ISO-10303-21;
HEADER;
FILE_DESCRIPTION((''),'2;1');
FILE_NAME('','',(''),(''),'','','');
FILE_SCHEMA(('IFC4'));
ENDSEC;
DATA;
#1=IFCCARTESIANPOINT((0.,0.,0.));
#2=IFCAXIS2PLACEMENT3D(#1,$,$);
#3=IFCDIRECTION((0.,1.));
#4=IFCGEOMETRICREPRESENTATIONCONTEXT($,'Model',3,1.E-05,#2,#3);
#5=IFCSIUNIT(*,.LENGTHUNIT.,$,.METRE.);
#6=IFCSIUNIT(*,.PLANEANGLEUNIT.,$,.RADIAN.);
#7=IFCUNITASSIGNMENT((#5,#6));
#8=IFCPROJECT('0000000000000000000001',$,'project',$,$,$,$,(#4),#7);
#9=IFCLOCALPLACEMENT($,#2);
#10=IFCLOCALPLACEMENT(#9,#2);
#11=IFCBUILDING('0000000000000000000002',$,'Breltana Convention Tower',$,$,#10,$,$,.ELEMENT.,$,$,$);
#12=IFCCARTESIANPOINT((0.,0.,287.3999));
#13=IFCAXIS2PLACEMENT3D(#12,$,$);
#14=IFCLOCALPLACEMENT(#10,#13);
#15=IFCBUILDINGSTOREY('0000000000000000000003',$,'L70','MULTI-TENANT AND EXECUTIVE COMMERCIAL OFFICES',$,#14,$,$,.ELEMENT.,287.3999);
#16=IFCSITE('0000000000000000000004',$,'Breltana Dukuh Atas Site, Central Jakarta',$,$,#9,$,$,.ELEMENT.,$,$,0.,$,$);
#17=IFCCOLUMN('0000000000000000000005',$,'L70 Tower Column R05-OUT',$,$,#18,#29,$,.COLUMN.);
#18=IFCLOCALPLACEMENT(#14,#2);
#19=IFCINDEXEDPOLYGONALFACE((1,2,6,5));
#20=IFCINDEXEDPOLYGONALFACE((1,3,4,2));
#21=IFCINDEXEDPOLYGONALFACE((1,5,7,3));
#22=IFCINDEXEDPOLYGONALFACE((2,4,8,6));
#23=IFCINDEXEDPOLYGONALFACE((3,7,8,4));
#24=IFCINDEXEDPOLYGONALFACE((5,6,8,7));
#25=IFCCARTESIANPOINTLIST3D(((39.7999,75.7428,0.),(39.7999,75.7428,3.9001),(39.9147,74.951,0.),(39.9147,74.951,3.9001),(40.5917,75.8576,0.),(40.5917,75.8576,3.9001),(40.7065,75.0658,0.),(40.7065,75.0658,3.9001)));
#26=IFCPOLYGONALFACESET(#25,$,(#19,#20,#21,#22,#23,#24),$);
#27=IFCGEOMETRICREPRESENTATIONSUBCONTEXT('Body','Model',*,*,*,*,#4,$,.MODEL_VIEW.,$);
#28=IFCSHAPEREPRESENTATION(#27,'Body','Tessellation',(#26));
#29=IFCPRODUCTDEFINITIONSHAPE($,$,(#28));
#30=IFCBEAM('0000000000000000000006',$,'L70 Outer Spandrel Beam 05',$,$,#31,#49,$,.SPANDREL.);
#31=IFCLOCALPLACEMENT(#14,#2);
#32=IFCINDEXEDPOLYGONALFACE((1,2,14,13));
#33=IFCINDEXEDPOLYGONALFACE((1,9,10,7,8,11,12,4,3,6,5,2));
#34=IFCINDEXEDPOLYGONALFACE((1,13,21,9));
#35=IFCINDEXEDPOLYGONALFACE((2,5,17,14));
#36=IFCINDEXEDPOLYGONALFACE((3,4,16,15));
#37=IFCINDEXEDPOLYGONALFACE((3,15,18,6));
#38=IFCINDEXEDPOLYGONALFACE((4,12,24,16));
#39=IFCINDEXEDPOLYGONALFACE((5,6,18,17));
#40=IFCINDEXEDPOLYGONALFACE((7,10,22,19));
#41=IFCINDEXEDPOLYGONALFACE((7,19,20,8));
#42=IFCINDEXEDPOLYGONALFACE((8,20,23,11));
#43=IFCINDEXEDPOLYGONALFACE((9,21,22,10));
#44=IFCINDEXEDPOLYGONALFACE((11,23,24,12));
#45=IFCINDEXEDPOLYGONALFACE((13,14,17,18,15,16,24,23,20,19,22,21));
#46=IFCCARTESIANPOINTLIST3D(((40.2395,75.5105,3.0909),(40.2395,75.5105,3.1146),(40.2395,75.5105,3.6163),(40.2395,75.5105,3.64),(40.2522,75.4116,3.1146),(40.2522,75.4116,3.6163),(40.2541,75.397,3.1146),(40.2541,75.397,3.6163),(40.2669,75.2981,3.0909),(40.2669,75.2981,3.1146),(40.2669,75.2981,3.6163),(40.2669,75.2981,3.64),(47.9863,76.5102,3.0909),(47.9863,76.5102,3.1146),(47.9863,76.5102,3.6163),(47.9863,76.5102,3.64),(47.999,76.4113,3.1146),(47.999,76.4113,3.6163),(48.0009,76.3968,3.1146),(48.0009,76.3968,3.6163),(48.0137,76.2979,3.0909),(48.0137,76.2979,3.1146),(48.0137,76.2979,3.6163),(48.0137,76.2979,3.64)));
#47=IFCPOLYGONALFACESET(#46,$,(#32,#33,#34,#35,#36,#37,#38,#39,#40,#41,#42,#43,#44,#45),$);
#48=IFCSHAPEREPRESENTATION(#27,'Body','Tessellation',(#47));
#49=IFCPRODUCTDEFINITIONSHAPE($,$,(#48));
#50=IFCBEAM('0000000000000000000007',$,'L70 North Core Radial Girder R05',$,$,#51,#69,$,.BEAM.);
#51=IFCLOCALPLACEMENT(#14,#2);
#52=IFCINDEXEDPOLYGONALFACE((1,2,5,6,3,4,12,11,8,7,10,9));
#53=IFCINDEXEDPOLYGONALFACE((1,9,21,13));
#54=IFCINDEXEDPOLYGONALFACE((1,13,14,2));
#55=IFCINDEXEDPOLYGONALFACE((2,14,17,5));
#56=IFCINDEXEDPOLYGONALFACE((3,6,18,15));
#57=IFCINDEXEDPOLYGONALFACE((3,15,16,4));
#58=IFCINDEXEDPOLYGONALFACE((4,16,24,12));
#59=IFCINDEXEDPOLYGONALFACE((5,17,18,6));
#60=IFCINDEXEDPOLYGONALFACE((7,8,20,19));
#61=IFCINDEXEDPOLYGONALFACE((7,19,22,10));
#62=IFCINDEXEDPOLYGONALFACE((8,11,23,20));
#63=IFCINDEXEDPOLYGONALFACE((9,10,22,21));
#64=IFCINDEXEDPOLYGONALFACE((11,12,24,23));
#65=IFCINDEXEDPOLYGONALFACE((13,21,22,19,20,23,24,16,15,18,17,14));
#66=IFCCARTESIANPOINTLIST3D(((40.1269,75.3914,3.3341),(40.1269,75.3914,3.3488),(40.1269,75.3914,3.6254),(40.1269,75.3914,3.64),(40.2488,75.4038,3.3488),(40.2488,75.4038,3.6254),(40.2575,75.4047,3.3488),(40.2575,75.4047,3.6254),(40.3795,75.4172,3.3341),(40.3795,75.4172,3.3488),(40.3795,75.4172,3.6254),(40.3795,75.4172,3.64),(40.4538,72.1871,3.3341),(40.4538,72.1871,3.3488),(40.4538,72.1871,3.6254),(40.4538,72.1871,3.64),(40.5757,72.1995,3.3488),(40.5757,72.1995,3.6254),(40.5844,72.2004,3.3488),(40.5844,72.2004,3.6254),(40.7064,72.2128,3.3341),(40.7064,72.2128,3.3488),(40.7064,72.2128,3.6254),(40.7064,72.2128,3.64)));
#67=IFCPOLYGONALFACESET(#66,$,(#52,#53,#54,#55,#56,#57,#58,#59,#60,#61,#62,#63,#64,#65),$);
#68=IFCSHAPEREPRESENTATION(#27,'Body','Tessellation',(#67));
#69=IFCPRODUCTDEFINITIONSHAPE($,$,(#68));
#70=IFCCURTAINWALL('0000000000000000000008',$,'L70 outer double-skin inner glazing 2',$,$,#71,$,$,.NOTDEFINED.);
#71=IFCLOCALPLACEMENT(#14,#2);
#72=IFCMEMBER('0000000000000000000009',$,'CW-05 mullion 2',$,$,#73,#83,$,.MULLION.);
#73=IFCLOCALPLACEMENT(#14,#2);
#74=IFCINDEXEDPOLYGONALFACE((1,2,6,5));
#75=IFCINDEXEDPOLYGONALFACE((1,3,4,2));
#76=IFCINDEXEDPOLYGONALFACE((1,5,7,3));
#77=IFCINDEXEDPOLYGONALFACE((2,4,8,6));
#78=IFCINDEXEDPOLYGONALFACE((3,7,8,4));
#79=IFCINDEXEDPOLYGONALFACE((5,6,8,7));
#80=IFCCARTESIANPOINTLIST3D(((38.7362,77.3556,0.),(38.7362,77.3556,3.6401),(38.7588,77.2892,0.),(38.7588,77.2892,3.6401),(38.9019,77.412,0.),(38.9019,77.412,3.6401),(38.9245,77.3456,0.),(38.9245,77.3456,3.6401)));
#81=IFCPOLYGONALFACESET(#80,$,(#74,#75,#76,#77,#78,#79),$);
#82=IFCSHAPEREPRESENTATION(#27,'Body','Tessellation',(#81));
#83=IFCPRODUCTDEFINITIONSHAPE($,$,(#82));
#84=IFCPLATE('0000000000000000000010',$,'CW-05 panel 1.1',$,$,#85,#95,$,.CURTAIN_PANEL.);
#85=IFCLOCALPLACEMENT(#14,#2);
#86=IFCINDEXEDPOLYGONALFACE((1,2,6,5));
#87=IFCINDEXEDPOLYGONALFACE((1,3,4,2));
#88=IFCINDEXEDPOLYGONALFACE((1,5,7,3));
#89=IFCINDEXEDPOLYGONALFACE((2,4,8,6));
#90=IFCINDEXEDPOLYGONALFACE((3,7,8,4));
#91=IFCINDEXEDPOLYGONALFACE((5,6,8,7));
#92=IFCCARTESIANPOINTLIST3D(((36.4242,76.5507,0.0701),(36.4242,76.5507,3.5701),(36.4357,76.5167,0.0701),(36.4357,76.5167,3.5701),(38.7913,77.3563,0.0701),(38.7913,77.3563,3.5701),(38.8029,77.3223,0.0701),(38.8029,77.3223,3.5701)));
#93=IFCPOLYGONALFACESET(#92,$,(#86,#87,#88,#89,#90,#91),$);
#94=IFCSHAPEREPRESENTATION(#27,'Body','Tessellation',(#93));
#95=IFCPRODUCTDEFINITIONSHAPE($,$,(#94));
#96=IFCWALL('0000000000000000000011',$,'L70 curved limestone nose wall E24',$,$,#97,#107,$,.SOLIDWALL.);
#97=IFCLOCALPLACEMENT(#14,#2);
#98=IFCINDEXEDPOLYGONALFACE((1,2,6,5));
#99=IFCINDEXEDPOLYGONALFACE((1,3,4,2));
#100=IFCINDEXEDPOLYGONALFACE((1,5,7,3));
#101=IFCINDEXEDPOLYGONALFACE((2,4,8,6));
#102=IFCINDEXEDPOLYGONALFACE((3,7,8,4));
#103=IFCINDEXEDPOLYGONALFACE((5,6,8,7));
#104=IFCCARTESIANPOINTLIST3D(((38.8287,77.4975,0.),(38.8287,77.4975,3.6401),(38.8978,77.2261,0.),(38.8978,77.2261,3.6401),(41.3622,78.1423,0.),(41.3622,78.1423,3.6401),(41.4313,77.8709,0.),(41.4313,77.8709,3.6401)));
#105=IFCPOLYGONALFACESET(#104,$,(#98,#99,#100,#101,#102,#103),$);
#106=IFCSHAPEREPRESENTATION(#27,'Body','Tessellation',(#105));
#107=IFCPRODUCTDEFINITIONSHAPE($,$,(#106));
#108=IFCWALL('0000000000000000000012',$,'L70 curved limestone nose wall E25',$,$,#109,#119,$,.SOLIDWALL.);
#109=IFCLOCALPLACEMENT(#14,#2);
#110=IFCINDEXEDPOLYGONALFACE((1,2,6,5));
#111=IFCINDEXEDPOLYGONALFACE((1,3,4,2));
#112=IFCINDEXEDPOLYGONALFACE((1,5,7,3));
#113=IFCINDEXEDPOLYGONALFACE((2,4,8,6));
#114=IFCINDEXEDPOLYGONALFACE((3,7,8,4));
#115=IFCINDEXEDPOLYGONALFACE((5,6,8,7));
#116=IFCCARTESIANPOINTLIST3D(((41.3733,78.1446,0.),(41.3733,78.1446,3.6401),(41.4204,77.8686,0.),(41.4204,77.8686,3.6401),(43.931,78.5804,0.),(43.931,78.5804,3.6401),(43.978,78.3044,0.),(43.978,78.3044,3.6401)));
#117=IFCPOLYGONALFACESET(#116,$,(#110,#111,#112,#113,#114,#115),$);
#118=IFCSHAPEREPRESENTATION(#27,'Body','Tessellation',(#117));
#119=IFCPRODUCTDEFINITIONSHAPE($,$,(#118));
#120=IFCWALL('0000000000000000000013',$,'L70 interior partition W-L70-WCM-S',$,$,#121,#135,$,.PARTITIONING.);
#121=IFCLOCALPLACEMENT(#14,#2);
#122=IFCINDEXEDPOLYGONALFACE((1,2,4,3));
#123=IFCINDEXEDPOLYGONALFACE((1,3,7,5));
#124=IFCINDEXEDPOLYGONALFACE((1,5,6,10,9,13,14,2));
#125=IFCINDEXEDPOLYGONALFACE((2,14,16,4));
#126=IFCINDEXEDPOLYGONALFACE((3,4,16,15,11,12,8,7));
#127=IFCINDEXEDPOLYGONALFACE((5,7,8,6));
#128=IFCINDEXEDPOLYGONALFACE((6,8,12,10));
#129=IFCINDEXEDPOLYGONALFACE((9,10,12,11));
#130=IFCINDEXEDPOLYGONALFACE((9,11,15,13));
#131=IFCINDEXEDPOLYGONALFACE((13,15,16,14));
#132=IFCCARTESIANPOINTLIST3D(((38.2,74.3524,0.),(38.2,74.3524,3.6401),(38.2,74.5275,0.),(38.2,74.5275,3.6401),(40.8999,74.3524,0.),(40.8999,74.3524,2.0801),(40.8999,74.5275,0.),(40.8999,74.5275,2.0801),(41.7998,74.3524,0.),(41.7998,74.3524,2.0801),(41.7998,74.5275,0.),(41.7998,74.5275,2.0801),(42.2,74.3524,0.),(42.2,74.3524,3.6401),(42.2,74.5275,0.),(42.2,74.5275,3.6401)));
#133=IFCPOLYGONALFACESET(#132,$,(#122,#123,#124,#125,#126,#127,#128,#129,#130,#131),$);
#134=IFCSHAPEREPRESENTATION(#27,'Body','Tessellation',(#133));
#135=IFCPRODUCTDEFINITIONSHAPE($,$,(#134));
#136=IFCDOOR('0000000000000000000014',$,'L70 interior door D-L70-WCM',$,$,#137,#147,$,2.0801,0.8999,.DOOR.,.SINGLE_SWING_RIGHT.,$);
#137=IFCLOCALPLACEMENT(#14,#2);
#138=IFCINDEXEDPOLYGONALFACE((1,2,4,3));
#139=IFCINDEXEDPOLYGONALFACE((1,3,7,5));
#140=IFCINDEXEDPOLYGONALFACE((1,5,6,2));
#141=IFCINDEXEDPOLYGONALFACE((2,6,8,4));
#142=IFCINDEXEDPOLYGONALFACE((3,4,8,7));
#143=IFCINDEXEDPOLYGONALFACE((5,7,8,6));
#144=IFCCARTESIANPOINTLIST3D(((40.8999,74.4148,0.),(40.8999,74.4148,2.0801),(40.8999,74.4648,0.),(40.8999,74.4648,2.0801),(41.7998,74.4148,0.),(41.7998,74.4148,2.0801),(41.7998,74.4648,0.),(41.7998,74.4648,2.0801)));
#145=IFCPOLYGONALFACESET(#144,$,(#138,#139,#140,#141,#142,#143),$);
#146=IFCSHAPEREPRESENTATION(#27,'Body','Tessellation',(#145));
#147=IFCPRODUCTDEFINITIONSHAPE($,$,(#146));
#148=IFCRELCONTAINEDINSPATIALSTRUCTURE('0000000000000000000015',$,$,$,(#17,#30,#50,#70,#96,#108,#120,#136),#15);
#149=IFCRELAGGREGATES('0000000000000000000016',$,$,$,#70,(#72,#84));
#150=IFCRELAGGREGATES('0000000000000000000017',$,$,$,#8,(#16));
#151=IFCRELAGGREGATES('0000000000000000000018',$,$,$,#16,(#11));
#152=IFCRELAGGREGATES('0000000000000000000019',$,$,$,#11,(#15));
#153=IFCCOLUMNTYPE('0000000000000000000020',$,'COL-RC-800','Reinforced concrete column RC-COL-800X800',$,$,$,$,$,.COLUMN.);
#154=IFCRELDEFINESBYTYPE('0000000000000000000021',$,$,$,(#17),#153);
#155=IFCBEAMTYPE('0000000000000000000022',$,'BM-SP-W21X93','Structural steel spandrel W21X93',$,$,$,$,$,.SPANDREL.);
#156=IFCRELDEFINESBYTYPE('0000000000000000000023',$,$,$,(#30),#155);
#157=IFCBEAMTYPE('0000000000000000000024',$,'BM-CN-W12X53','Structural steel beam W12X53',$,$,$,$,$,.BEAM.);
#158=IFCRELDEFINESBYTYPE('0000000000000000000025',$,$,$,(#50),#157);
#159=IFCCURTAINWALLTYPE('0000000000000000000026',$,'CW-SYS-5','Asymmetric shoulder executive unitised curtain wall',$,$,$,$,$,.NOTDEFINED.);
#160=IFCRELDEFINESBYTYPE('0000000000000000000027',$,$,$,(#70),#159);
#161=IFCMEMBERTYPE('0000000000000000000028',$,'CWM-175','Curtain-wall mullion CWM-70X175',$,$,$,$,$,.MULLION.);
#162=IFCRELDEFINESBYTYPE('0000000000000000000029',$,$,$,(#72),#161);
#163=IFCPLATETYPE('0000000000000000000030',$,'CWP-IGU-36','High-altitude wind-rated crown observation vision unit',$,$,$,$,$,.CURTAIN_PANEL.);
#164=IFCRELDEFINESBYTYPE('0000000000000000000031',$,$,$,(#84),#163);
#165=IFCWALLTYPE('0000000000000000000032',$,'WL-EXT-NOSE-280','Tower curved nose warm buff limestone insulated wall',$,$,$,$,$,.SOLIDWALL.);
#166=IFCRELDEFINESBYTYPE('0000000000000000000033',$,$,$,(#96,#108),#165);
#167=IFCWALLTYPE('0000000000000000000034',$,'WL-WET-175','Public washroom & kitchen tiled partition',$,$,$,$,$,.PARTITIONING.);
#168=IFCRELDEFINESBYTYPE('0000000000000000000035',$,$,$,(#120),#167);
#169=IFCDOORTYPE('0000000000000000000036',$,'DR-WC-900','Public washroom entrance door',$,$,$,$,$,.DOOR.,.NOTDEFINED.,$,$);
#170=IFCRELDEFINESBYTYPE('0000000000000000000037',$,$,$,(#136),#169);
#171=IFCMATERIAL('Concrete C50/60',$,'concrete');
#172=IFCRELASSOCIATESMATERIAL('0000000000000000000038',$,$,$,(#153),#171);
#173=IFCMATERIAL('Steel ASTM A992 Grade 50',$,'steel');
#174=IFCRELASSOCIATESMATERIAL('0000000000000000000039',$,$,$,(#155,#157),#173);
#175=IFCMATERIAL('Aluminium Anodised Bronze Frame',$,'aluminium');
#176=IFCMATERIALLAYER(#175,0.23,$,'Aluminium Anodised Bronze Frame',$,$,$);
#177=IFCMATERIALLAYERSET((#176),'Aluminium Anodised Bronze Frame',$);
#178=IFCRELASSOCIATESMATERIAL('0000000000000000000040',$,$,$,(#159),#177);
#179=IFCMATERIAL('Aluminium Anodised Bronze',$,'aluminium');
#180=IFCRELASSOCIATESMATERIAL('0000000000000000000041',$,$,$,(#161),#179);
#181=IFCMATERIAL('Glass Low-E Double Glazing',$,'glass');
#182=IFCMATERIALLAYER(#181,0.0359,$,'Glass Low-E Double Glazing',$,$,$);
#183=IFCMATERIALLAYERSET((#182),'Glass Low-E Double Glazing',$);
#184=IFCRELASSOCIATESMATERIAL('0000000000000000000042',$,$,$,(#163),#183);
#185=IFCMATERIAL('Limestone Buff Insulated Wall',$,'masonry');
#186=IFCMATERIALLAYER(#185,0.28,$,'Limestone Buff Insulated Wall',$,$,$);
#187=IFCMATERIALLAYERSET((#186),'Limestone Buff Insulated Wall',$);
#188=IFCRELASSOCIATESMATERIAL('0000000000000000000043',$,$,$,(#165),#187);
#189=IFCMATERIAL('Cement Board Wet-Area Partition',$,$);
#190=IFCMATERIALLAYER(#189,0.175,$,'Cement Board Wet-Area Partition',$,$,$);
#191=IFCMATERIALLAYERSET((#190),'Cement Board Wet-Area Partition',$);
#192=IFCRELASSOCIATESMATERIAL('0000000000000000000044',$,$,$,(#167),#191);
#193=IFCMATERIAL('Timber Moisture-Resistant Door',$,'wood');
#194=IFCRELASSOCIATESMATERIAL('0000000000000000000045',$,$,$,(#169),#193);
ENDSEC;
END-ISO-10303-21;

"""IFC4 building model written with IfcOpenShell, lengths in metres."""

from ifc_helpers import new_model, si_unit, direction, frame, frame_2d, origin, origin_2d, place, context, subcontext, project, spatial, rectangle, i_section, extrude, source, transform, mapped, material, layer, layer_set, material_profile, profile_set, type_object, type_shapes, element, fill, aggregate, save


model = new_model("IFC4")

# Units and contexts
model_context = context("Model", 3, precision=1e-05, world=origin(), true_north=direction((0.0, 1.0)))
body_context = subcontext(model_context, "Body", "Model", "MODEL_VIEW")
ifc_project = project(units=[si_unit("LENGTHUNIT", "METRE"), si_unit("PLANEANGLEUNIT", "RADIAN")], contexts=[model_context])

# Site, building, storey
site_placement = place(None, origin())
site = spatial("IfcSite", under=ifc_project, at=site_placement, Name="Breltana Dukuh Atas Site, Central Jakarta", CompositionType="ELEMENT", RefElevation=0.0)
building_placement = place(site_placement, origin())
building = spatial("IfcBuilding", under=site, at=building_placement, Name="Breltana Convention Tower", CompositionType="ELEMENT")
storey_placement = place(building_placement, frame((0.0, 0.0, 287.3999)))
storey = spatial("IfcBuildingStorey", under=building, at=storey_placement, Name="L70", Description="MULTI-TENANT AND EXECUTIVE COMMERCIAL OFFICES", CompositionType="ELEMENT", Elevation=287.3999)

# Column
ifc_material_1 = material(Name="Concrete C50/60", Category="concrete")
ifc_material_profile_1 = material_profile(ifc_material_1, rectangle(XDim=0.8, YDim=0.8, at=origin_2d()), Name="RC-COL-800X800")
ifc_profile_set_1 = profile_set([ifc_material_profile_1], Name="Concrete C50/60")
column_type = type_object("IfcColumnType", Name="COL-RC-800", Description="Reinforced concrete column RC-COL-800X800", PredefinedType="COLUMN", material=ifc_profile_set_1)
shared_shape_1 = source(origin(), body_context, "Body", "SweptSolid", [
    extrude(rectangle(XDim=0.8, YDim=0.8, at=origin_2d()), origin(), (0.0, 0.0, 1.0), 3.9001),
])
column_placement = place(storey_placement, frame((40.2532, 75.4043, 0.0), z_axis=(0.0, 0.0, 1.0), x_axis=(-0.143493, 0.989651, 0.0)))
element("IfcColumn", 1, at=column_placement, inside=storey, type_object=column_type, Name="L70 Tower Column R05-OUT", PredefinedType="COLUMN", context=body_context, shape_type="MappedRepresentation", body=[
    mapped(shared_shape_1, transform((0.0, 0.0, 0.0), scale=1.0)),
])

# Beams
ifc_material_2 = material(Name="Steel ASTM A992 Grade 50", Category="steel")
ifc_material_profile_2 = material_profile(ifc_material_2, i_section(OverallWidth=0.2141, OverallDepth=0.5491, WebThickness=0.0146, FlangeThickness=0.0237, at=origin_2d()), Name="W21X93")
ifc_profile_set_2 = profile_set([ifc_material_profile_2], Name="Steel ASTM A992 Grade 50")
beam_type_1 = type_object("IfcBeamType", Name="BM-SP-W21X93", Description="Structural steel spandrel W21X93", PredefinedType="SPANDREL", material=ifc_profile_set_2)
shared_shape_2 = source(origin(), body_context, "Body", "SweptSolid", [
    extrude(i_section(OverallWidth=0.2141, OverallDepth=0.5491, WebThickness=0.0146, FlangeThickness=0.0237, at=origin_2d()), origin(), (0.0, 0.0, 1.0), 7.811),
])
beam_1_placement = place(storey_placement, frame((40.2532, 75.4043, 3.3655), z_axis=(0.991775, 0.127992, 0.0), x_axis=(-0.127992, 0.991775, 0.0)))
element("IfcBeam", 2, at=beam_1_placement, inside=storey, type_object=beam_type_1, Name="L70 Outer Spandrel Beam 05", PredefinedType="SPANDREL", context=body_context, shape_type="MappedRepresentation", body=[
    mapped(shared_shape_2, transform((0.0, 0.0, 0.0), scale=1.0)),
])
ifc_material_profile_3 = material_profile(ifc_material_2, i_section(OverallWidth=0.2539, OverallDepth=0.3059, WebThickness=0.0088, FlangeThickness=0.0146, at=origin_2d()), Name="W12X53")
ifc_profile_set_3 = profile_set([ifc_material_profile_3], Name="Steel ASTM A992 Grade 50")
beam_type_2 = type_object("IfcBeamType", Name="BM-CN-W12X53", Description="Structural steel beam W12X53", PredefinedType="BEAM", material=ifc_profile_set_3)
shared_shape_3 = source(origin(), body_context, "Body", "SweptSolid", [
    extrude(i_section(OverallWidth=0.2539, OverallDepth=0.3059, WebThickness=0.0088, FlangeThickness=0.0146, at=origin_2d()), origin(), (0.0, 0.0, 1.0), 3.2209),
])
beam_2_placement = place(storey_placement, frame((40.5801, 72.2, 3.4871), z_axis=(-0.101492, 0.994836, 0.0), x_axis=(-0.994836, -0.101492, 0.0)))
element("IfcBeam", 3, at=beam_2_placement, inside=storey, type_object=beam_type_2, Name="L70 North Core Radial Girder R05", PredefinedType="BEAM", context=body_context, shape_type="MappedRepresentation", body=[
    mapped(shared_shape_3, transform((0.0, 0.0, 0.0), scale=1.0)),
])

# Curtain wall, member, plate
ifc_material_3 = material(Name="Aluminium Anodised Bronze Frame", Category="aluminium")
ifc_layer_1 = layer(ifc_material_3, 0.23, Name="Aluminium Anodised Bronze Frame")
ifc_layer_set_1 = layer_set([ifc_layer_1], Name="Aluminium Anodised Bronze Frame")
curtain_wall_type = type_object("IfcCurtainWallType", Name="CW-SYS-5", Description="Asymmetric shoulder executive unitised curtain wall", PredefinedType="NOTDEFINED", material=ifc_layer_set_1)
curtain_wall_placement = place(storey_placement, origin())
curtain_wall = element("IfcCurtainWall", 4, at=curtain_wall_placement, inside=storey, type_object=curtain_wall_type, Name="L70 outer double-skin inner glazing 2", PredefinedType="NOTDEFINED")
ifc_material_4 = material(Name="Aluminium Anodised Bronze", Category="aluminium")
ifc_material_profile_4 = material_profile(ifc_material_4, rectangle(XDim=0.0701, YDim=0.175, at=origin_2d()), Name="CWM-70X175")
ifc_profile_set_4 = profile_set([ifc_material_profile_4], Name="Aluminium Anodised Bronze")
member_type = type_object("IfcMemberType", Name="CWM-175", Description="Curtain-wall mullion CWM-70X175", PredefinedType="MULLION", material=ifc_profile_set_4)
shared_shape_4 = source(origin(), body_context, "Body", "SweptSolid", [
    extrude(rectangle(XDim=0.0701, YDim=0.175, at=origin_2d()), origin(), (0.0, 0.0, 1.0), 3.6401),
])
member_placement = place(storey_placement, frame((38.8303, 77.3506, 0.0), z_axis=(0.0, 0.0, 1.0), x_axis=(-0.322187, 0.946676, 0.0)))
member = element("IfcMember", 5, at=member_placement, type_object=member_type, Name="CW-05 mullion 2", PredefinedType="MULLION", context=body_context, shape_type="MappedRepresentation", body=[
    mapped(shared_shape_4, transform((0.0, 0.0, 0.0), scale=1.0)),
])
ifc_material_5 = material(Name="Glass Low-E Double Glazing", Category="glass")
ifc_layer_2 = layer(ifc_material_5, 0.0359, Name="Glass Low-E Double Glazing")
ifc_layer_set_2 = layer_set([ifc_layer_2], Name="Glass Low-E Double Glazing")
plate_type = type_object("IfcPlateType", Name="CWP-IGU-36", Description="High-altitude wind-rated crown observation vision unit", PredefinedType="CURTAIN_PANEL", material=ifc_layer_set_2)
shared_shape_5 = source(origin(), body_context, "Body", "SweptSolid", [
    extrude(rectangle(XDim=2.5005, YDim=0.0359, at=origin_2d()), origin(), (0.0, 0.0, 1.0), 3.5),
])
plate_placement = place(storey_placement, frame((37.6135, 76.9365, 0.0701), z_axis=(0.0, 0.0, 1.0), x_axis=(0.946676, 0.322187, 0.0)))
plate = element("IfcPlate", 6, at=plate_placement, type_object=plate_type, Name="CW-05 panel 1.1", PredefinedType="CURTAIN_PANEL", context=body_context, shape_type="MappedRepresentation", body=[
    mapped(shared_shape_5, transform((0.0, 0.0, 0.0), scale=1.0)),
])
aggregate(curtain_wall, [member, plate])

# Walls
ifc_material_6 = material(Name="Limestone Buff Insulated Wall", Category="masonry")
ifc_layer_3 = layer(ifc_material_6, 0.28, Name="Limestone Buff Insulated Wall")
ifc_layer_set_3 = layer_set([ifc_layer_3], Name="Limestone Buff Insulated Wall")
wall_type_1 = type_object("IfcWallType", Name="WL-EXT-NOSE-280", Description="Tower curved nose warm buff limestone insulated wall", PredefinedType="SOLIDWALL", material=ifc_layer_set_3)
shared_shape_6 = source(origin(), body_context, "Body", "SweptSolid", [
    extrude(rectangle(XDim=2.6143, YDim=0.28, at=frame_2d((1.3071, 0.0))), origin(), (0.0, 0.0, 1.0), 3.6401),
])
wall_1_placement = place(storey_placement, frame((38.8633, 77.3618, 0.0), z_axis=(0.0, 0.0, 1.0), x_axis=(0.969107, 0.246643, 0.0)))
element("IfcWall", 7, at=wall_1_placement, inside=storey, type_object=wall_type_1, Name="L70 curved limestone nose wall E24", PredefinedType="SOLIDWALL", context=body_context, shape_type="MappedRepresentation", body=[
    mapped(shared_shape_6, transform((0.0, 0.0, 0.0), scale=1.0)),
])
shared_shape_7 = source(origin(), body_context, "Body", "SweptSolid", [
    extrude(rectangle(XDim=2.5945, YDim=0.28, at=frame_2d((1.2974, 0.0))), origin(), (0.0, 0.0, 1.0), 3.6401),
])
wall_2_placement = place(storey_placement, frame((41.3967, 78.0066, 0.0), z_axis=(0.0, 0.0, 1.0), x_axis=(0.985792, 0.167969, 0.0)))
element("IfcWall", 8, at=wall_2_placement, inside=storey, type_object=wall_type_1, Name="L70 curved limestone nose wall E25", PredefinedType="SOLIDWALL", context=body_context, shape_type="MappedRepresentation", body=[
    mapped(shared_shape_7, transform((0.0, 0.0, 0.0), scale=1.0)),
])

# Wall, opening, door
ifc_material_7 = material(Name="Cement Board Wet-Area Partition")
ifc_layer_4 = layer(ifc_material_7, 0.175, Name="Cement Board Wet-Area Partition")
ifc_layer_set_4 = layer_set([ifc_layer_4], Name="Cement Board Wet-Area Partition")
wall_type_2 = type_object("IfcWallType", Name="WL-WET-175", Description="Public washroom & kitchen tiled partition", PredefinedType="PARTITIONING", material=ifc_layer_set_4)
shared_shape_8 = source(origin(), body_context, "Body", "SweptSolid", [
    extrude(rectangle(XDim=4.0, YDim=0.175, at=frame_2d((2.0, 0.0))), origin(), (0.0, 0.0, 1.0), 3.6401),
])
wall_3_placement = place(storey_placement, frame((38.2, 74.4399, 0.0), z_axis=(0.0, 0.0, 1.0), x_axis=(1.0, 0.0, 0.0)))
wall_3 = element("IfcWall", 9, at=wall_3_placement, inside=storey, type_object=wall_type_2, Name="L70 interior partition W-L70-WCM-S", PredefinedType="PARTITIONING", context=body_context, shape_type="MappedRepresentation", body=[
    mapped(shared_shape_8, transform((0.0, 0.0, 0.0), scale=1.0)),
])
opening_1_placement = place(wall_3_placement, frame((2.7, 0.0, 0.0)))
opening_1 = element("IfcOpeningElement", 10, at=opening_1_placement, cuts=wall_3, PredefinedType="OPENING", context=body_context, shape_type="SweptSolid", body=[
    extrude(rectangle(XDim=0.8999, YDim=2.0801, at=frame_2d((0.45, 1.04))), frame((0.0, 0.0977, 0.0), z_axis=(0.0, -1.0, 0.0), x_axis=(1.0, 0.0, 0.0)), (0.0, 0.0, 1.0), 0.1951),
])
ifc_material_8 = material(Name="Timber Moisture-Resistant Door", Category="wood")
door_type_1 = type_object("IfcDoorType", Name="DR-WC-900", Description="Public washroom entrance door", OperationType="NOTDEFINED", PredefinedType="DOOR", material=ifc_material_8)
shared_shape_9 = source(origin(), body_context, "Body", "SweptSolid", [
    extrude(rectangle(XDim=0.8999, YDim=2.0801, at=frame_2d((0.45, 1.04))), frame((0.0, 0.0249, 0.0), z_axis=(0.0, -1.0, 0.0), x_axis=(1.0, 0.0, 0.0)), (0.0, 0.0, 1.0), 0.05),
])
type_shapes(door_type_1, [shared_shape_9])
door_1_placement = place(opening_1_placement, origin())
door_1 = element("IfcDoor", 11, at=door_1_placement, inside=storey, type_object=door_type_1, Name="L70 interior door D-L70-WCM", OperationType="SINGLE_SWING_RIGHT", OverallHeight=2.0801, OverallWidth=0.8999, PredefinedType="DOOR", context=body_context, shape_type="MappedRepresentation", body=[
    mapped(shared_shape_9, transform((0.0, 0.0, 0.0), scale=1.0)),
])
fill(opening_1, door_1)

save(model, "model.ifc")
